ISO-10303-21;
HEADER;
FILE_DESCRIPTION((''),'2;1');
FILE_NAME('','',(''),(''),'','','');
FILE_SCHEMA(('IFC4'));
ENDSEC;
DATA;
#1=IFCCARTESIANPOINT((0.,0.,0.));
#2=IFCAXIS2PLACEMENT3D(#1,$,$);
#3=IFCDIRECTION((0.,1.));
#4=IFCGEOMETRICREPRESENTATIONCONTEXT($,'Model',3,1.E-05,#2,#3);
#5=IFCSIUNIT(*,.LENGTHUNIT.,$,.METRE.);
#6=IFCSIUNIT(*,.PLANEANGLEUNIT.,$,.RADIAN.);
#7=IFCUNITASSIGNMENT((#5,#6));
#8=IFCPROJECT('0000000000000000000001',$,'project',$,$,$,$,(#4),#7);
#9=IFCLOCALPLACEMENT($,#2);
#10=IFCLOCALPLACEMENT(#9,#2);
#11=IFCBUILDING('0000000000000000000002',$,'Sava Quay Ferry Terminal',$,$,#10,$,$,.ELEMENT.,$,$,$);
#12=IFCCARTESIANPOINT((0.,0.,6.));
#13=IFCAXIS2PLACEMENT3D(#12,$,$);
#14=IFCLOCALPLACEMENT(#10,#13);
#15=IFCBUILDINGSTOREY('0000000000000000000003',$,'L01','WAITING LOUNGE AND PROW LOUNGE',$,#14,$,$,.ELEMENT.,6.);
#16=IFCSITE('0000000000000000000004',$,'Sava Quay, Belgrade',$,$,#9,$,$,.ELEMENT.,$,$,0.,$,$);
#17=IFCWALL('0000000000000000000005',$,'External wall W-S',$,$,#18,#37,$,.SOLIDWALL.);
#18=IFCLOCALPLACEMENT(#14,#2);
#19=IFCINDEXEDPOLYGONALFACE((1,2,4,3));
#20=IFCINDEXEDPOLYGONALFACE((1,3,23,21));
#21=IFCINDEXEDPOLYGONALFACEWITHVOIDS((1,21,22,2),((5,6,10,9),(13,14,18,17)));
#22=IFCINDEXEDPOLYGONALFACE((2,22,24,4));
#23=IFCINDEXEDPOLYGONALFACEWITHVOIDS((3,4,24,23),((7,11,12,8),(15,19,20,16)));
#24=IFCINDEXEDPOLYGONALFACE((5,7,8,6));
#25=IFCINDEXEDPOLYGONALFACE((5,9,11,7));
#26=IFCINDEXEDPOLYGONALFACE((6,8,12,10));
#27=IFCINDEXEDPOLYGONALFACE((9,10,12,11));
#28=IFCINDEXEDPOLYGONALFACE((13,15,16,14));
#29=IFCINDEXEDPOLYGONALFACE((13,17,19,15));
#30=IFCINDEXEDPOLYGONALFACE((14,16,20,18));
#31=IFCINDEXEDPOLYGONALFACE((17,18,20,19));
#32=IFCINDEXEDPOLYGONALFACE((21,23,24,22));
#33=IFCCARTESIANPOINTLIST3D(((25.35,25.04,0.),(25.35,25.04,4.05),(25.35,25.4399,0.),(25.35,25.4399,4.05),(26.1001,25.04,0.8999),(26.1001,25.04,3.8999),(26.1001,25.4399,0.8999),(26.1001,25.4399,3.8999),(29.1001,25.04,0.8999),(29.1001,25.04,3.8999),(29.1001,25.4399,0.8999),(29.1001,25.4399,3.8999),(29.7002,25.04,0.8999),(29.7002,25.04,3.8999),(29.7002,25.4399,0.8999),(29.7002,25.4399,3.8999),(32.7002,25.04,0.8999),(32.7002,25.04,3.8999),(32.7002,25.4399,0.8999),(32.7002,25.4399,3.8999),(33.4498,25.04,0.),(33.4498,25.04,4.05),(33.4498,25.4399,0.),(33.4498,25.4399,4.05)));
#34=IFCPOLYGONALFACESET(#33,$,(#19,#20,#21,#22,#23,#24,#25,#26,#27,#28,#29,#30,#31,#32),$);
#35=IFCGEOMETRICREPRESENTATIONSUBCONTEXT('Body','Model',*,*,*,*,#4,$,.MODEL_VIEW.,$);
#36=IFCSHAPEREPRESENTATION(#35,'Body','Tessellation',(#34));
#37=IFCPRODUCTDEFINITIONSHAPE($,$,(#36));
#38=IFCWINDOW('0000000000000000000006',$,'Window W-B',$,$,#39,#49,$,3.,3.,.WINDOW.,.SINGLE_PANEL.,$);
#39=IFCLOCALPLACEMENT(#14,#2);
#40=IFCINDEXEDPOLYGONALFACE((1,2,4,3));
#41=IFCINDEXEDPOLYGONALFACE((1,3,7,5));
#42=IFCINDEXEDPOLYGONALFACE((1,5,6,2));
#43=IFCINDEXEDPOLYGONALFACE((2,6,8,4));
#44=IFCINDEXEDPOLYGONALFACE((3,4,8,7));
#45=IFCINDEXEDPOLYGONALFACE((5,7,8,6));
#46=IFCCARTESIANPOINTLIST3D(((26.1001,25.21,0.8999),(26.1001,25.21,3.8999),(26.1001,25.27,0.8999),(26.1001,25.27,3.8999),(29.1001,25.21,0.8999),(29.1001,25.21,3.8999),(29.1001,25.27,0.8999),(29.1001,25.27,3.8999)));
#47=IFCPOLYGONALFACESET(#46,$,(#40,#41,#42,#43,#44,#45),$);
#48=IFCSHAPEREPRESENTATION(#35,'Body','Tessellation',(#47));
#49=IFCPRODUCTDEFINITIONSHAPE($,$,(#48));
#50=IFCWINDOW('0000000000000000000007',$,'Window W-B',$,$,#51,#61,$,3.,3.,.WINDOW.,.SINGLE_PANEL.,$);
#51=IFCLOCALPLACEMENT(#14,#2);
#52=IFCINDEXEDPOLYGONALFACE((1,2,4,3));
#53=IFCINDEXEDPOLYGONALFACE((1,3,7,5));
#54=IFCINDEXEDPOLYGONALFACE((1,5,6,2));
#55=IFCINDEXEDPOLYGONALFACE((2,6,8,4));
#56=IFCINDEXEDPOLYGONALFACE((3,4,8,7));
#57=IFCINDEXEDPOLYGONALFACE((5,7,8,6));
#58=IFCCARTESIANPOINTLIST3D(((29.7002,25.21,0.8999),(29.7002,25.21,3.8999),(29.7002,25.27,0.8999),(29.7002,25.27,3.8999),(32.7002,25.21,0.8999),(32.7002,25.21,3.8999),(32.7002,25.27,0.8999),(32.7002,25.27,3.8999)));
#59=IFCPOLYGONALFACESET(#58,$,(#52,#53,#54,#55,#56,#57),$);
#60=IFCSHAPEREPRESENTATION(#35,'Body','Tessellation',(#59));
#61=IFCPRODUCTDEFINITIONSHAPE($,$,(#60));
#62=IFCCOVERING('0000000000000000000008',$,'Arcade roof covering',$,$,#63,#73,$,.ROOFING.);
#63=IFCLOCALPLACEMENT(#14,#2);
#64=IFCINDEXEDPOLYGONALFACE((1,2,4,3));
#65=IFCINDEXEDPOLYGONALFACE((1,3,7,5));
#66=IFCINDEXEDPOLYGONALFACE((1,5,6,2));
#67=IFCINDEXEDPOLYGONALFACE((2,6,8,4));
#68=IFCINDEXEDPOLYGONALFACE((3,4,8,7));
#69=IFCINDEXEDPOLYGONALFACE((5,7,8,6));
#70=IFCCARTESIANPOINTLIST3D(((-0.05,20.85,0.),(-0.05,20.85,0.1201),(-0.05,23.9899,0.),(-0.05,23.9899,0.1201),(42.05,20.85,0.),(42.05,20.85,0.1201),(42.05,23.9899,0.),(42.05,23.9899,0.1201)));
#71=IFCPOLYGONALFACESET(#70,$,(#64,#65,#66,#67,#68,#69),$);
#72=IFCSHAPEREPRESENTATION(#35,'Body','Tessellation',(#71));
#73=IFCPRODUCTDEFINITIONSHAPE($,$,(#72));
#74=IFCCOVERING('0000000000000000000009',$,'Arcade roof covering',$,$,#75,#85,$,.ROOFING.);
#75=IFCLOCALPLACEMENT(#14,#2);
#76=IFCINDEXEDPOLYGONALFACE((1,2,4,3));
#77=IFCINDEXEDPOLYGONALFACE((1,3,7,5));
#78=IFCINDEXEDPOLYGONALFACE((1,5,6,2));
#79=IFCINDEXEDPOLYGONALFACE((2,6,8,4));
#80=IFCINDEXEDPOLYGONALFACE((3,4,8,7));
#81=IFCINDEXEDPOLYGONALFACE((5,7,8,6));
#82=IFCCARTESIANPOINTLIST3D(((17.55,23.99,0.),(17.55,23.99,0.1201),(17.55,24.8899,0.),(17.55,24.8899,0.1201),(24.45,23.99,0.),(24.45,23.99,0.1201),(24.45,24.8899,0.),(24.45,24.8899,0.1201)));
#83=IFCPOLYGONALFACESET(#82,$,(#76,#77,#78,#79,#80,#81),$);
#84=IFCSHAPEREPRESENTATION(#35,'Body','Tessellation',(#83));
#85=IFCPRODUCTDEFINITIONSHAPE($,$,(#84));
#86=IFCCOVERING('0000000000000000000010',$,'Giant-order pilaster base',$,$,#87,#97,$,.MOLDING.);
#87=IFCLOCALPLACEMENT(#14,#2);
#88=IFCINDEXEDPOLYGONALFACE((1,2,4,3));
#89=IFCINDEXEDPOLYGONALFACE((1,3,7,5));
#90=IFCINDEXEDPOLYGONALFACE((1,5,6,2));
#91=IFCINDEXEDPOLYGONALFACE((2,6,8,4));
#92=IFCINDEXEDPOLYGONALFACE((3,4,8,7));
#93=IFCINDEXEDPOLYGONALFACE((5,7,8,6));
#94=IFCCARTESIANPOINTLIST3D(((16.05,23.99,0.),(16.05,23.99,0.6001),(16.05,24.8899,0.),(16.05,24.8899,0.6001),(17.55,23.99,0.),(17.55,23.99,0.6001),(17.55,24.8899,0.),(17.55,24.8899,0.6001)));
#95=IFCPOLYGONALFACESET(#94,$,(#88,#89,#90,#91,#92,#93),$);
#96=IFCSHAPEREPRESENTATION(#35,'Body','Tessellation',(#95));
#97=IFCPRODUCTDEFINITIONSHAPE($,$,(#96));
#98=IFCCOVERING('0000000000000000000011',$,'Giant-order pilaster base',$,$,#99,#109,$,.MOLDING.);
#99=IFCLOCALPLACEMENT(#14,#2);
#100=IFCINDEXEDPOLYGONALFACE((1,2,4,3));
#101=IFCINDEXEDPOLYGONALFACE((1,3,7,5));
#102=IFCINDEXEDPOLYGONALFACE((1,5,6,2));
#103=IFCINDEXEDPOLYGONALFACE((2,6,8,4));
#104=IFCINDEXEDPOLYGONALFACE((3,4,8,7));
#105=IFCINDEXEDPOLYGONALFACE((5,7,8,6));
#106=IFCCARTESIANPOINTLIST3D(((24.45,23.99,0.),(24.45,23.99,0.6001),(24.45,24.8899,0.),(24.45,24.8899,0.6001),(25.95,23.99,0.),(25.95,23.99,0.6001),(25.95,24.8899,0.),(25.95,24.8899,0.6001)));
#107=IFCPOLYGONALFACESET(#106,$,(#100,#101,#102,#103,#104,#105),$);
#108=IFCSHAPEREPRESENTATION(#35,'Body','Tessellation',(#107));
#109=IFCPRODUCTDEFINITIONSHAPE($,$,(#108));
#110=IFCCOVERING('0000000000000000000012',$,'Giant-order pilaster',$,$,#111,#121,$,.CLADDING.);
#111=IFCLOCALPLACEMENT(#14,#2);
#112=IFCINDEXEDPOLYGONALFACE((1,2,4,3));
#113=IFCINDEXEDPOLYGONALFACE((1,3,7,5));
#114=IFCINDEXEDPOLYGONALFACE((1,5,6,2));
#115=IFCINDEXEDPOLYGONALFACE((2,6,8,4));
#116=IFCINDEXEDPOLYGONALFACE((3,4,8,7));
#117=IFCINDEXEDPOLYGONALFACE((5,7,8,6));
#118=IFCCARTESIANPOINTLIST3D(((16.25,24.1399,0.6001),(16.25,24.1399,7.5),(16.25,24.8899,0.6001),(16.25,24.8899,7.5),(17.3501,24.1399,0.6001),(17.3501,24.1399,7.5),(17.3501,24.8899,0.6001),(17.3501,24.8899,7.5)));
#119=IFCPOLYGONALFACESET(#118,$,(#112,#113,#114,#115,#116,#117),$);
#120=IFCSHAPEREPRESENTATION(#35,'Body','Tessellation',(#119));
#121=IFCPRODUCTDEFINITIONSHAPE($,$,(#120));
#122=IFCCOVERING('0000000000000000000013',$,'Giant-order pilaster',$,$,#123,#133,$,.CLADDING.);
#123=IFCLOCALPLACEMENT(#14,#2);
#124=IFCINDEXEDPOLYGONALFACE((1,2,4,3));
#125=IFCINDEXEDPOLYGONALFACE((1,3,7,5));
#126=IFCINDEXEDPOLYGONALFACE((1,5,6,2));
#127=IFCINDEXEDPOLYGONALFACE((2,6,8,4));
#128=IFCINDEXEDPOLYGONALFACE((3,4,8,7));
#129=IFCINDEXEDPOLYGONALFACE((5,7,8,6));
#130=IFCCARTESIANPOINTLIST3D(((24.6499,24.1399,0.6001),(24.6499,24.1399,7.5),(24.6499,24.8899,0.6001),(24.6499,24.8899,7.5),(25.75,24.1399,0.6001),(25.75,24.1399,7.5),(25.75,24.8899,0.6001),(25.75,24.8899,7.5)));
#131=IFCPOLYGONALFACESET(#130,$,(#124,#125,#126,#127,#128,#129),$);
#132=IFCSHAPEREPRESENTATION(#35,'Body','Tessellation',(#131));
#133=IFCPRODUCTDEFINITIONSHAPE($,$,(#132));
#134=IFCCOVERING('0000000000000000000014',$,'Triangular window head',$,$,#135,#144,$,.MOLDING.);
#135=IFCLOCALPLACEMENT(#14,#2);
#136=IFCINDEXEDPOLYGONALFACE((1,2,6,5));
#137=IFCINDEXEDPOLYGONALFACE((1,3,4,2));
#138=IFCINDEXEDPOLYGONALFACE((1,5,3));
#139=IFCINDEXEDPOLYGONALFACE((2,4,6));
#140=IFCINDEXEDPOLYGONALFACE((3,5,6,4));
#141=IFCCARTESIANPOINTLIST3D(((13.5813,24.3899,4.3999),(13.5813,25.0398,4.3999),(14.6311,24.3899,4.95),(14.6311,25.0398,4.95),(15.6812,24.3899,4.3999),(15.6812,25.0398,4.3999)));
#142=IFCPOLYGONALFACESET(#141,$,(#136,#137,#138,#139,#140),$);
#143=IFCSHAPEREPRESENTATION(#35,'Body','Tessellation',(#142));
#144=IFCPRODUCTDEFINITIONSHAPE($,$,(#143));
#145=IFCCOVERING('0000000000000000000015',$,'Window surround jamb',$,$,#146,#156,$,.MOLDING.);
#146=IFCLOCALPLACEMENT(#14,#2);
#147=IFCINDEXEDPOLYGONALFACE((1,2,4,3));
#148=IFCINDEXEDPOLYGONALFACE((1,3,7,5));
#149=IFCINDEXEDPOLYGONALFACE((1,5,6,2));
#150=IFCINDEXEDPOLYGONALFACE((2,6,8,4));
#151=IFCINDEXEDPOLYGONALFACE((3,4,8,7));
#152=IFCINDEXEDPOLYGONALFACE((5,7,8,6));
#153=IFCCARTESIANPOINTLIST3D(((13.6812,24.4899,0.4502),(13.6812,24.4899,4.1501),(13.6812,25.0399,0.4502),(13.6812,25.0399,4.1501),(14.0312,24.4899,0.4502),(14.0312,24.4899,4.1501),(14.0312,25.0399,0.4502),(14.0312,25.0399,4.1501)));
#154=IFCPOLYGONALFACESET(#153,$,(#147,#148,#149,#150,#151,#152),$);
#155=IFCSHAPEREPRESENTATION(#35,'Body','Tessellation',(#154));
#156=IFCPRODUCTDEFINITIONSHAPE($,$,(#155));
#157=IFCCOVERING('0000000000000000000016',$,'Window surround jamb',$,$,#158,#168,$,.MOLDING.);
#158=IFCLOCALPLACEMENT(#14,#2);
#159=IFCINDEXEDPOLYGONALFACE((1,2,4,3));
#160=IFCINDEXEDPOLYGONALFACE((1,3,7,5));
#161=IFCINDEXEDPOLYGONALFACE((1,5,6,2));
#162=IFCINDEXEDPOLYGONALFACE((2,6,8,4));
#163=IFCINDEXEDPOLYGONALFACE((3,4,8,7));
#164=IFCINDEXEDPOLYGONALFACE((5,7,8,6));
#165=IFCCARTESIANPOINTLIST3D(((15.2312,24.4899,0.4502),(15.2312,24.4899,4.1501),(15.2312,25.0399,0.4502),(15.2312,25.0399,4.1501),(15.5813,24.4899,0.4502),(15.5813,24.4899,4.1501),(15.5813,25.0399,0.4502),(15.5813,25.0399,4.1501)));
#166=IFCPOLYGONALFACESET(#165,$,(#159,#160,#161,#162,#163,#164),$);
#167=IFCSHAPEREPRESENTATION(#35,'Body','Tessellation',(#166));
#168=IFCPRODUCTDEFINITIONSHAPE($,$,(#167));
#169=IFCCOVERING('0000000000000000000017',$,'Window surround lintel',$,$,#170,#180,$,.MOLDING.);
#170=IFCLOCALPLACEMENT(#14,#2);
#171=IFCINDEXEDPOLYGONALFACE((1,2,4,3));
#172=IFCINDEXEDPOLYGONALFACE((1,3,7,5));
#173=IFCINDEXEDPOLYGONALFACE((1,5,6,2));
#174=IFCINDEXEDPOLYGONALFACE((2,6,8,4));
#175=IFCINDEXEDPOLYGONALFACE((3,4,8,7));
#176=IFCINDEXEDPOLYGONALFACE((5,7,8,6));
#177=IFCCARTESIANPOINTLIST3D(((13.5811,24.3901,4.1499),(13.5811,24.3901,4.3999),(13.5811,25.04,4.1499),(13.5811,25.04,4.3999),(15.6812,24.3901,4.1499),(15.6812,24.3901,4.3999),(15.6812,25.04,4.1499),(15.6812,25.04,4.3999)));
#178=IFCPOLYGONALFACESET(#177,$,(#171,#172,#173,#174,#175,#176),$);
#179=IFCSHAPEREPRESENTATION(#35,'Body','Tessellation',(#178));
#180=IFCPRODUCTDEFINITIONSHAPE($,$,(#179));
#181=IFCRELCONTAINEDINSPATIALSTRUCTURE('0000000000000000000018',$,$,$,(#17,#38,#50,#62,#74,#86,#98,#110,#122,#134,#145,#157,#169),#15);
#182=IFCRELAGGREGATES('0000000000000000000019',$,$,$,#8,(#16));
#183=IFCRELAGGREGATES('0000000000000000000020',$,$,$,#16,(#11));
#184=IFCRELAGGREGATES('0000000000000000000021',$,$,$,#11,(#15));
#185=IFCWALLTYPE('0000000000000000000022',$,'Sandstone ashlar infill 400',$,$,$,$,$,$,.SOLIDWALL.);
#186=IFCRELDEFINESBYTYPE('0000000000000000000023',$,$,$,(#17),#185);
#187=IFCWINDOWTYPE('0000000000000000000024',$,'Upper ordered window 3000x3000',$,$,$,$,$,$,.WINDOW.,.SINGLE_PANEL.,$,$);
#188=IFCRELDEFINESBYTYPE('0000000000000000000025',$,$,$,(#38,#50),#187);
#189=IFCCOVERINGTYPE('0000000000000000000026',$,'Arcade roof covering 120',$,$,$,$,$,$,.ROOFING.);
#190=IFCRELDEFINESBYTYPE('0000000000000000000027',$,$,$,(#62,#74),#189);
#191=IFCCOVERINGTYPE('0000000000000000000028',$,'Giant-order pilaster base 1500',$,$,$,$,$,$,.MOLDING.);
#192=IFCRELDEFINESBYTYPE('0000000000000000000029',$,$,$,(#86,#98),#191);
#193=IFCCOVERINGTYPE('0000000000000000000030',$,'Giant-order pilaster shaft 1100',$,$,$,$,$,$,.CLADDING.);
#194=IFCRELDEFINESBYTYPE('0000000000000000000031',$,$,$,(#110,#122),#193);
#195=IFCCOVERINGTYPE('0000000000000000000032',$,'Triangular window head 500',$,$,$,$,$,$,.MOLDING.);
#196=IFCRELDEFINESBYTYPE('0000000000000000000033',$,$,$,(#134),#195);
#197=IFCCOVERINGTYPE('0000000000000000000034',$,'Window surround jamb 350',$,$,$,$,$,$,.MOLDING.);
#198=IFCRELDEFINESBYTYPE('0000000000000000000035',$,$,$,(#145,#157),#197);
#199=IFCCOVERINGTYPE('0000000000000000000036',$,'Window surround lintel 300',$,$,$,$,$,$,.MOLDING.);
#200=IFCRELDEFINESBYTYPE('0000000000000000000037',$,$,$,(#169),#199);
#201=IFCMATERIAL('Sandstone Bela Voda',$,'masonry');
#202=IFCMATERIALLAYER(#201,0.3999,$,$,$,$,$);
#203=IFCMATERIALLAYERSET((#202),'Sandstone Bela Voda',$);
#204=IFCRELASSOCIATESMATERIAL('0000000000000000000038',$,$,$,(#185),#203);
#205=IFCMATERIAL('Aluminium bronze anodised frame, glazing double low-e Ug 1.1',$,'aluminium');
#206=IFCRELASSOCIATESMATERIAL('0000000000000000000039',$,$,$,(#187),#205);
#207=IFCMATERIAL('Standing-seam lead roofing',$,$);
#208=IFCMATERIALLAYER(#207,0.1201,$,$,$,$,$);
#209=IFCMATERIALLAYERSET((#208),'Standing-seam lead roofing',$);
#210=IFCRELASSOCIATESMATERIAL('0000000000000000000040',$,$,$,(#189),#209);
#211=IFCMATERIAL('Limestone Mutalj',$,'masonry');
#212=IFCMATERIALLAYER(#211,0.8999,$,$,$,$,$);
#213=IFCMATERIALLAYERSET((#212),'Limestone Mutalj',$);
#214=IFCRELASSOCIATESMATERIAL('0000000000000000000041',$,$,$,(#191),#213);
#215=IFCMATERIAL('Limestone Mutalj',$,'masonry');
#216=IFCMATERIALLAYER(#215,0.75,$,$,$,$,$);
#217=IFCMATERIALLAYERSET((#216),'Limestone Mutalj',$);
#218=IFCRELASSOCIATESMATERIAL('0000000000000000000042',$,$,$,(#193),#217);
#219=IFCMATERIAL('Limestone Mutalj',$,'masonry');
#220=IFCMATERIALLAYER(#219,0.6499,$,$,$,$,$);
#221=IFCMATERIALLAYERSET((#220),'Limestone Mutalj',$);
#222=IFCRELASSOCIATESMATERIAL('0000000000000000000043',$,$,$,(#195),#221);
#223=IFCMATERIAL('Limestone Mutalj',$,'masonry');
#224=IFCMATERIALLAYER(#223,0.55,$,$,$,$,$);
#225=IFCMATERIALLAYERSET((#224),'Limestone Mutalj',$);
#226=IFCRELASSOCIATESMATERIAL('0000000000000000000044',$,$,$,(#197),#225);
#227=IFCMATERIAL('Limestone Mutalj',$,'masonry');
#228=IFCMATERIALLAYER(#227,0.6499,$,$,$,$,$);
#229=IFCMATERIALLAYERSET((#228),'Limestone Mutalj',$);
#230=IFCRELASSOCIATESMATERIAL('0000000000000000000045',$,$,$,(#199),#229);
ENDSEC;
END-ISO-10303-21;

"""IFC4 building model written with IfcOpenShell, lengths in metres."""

from ifc_helpers import new_model, si_unit, direction, frame, frame_2d, origin, origin_2d, place, context, subcontext, project, spatial, polyline, rectangle, outline, extrude, material, layer, layer_set, type_object, element, fill, save


model = new_model("IFC4")

# Units and contexts
model_context = context("Model", 3, precision=1e-05, world=origin(), true_north=direction((0.0, 1.0)))
body_context = subcontext(model_context, "Body", "Model", "MODEL_VIEW")
ifc_project = project(units=[si_unit("LENGTHUNIT", "METRE"), si_unit("PLANEANGLEUNIT", "RADIAN")], contexts=[model_context])

# Site, building, storey
site_placement = place(None, origin())
site = spatial("IfcSite", under=ifc_project, at=site_placement, Name="Sava Quay, Belgrade", CompositionType="ELEMENT", RefElevation=0.0)
building_placement = place(site_placement, origin())
building = spatial("IfcBuilding", under=site, at=building_placement, Name="Sava Quay Ferry Terminal", CompositionType="ELEMENT")
storey_placement = place(building_placement, frame((0.0, 0.0, 6.0)))
storey = spatial("IfcBuildingStorey", under=building, at=storey_placement, Name="L01", Description="WAITING LOUNGE AND PROW LOUNGE", CompositionType="ELEMENT", Elevation=6.0)

# Wall, openings, windows
ifc_material_1 = material(Name="Sandstone Bela Voda", Category="masonry")
ifc_layer_1 = layer(ifc_material_1, 0.3999)
ifc_layer_set_1 = layer_set([ifc_layer_1], Name="Sandstone Bela Voda")
wall_type_1 = type_object("IfcWallType", Name="Sandstone ashlar infill 400", PredefinedType="SOLIDWALL", material=ifc_layer_set_1)
ifc_material_2 = material(Name="Aluminium bronze anodised frame, glazing double low-e Ug 1.1", Category="aluminium")
window_type = type_object("IfcWindowType", Name="Upper ordered window 3000x3000", PartitioningType="SINGLE_PANEL", PredefinedType="WINDOW", material=ifc_material_2)
wall_1_placement = place(storey_placement, frame((25.3501, 25.24, 0.0), z_axis=(0.0, 0.0, 1.0), x_axis=(1.0, 0.0, 0.0)))
wall_1 = element("IfcWall", 1, at=wall_1_placement, inside=storey, type_object=wall_type_1, Name="External wall W-S", PredefinedType="SOLIDWALL", context=body_context, shape_type="SweptSolid", body=[
    extrude(rectangle(XDim=8.0999, YDim=0.3999, at=frame_2d((4.0498, 0.0))), origin(), (0.0, 0.0, 1.0), 4.05),
])
opening_1_placement = place(wall_1_placement, frame((0.75, 0.0, 0.8999)))
opening_1 = element("IfcOpeningElement", 2, at=opening_1_placement, cuts=wall_1, PredefinedType="OPENING", context=body_context, shape_type="SweptSolid", body=[
    extrude(rectangle(XDim=3.0, YDim=3.0, at=frame_2d((1.5, 1.5))), frame((0.0, 0.2, 0.0), z_axis=(0.0, -1.0, 0.0), x_axis=(1.0, 0.0, 0.0)), (0.0, 0.0, 1.0), 0.3999),
])
opening_2_placement = place(wall_1_placement, frame((4.3501, 0.0, 0.8999)))
opening_2 = element("IfcOpeningElement", 3, at=opening_2_placement, cuts=wall_1, PredefinedType="OPENING", context=body_context, shape_type="SweptSolid", body=[
    extrude(rectangle(XDim=3.0, YDim=3.0, at=frame_2d((1.5, 1.5))), frame((0.0, 0.2, 0.0), z_axis=(0.0, -1.0, 0.0), x_axis=(1.0, 0.0, 0.0)), (0.0, 0.0, 1.0), 0.3999),
])
window_1_placement = place(opening_1_placement, origin())
window_1 = element("IfcWindow", 4, at=window_1_placement, inside=storey, type_object=window_type, Name="Window W-B", OverallHeight=3.0, OverallWidth=3.0, PartitioningType="SINGLE_PANEL", PredefinedType="WINDOW", context=body_context, shape_type="SweptSolid", body=[
    extrude(rectangle(XDim=3.0, YDim=3.0, at=frame_2d((1.5, 1.5))), frame((0.0, 0.03, 0.0), z_axis=(0.0, -1.0, 0.0), x_axis=(1.0, 0.0, 0.0)), (0.0, 0.0, 1.0), 0.0601),
])
fill(opening_1, window_1)
window_2_placement = place(opening_2_placement, origin())
window_2 = element("IfcWindow", 5, at=window_2_placement, inside=storey, type_object=window_type, Name="Window W-B", OverallHeight=3.0, OverallWidth=3.0, PartitioningType="SINGLE_PANEL", PredefinedType="WINDOW", context=body_context, shape_type="SweptSolid", body=[
    extrude(rectangle(XDim=3.0, YDim=3.0, at=frame_2d((1.5, 1.5))), frame((0.0, 0.03, 0.0), z_axis=(0.0, -1.0, 0.0), x_axis=(1.0, 0.0, 0.0)), (0.0, 0.0, 1.0), 0.0601),
])
fill(opening_2, window_2)

# Coverings
ifc_material_3 = material(Name="Standing-seam lead roofing")
ifc_layer_2 = layer(ifc_material_3, 0.1201)
ifc_layer_set_2 = layer_set([ifc_layer_2], Name="Standing-seam lead roofing")
covering_type_1 = type_object("IfcCoveringType", Name="Arcade roof covering 120", PredefinedType="ROOFING", material=ifc_layer_set_2)
covering_1_placement = place(storey_placement, frame((21.0, 22.4199, 0.0), z_axis=(0.0, 0.0, 1.0), x_axis=(1.0, 0.0, 0.0)))
element("IfcCovering", 6, at=covering_1_placement, inside=storey, type_object=covering_type_1, Name="Arcade roof covering", PredefinedType="ROOFING", context=body_context, shape_type="SweptSolid", body=[
    extrude(rectangle(XDim=42.1001, YDim=3.1399, at=origin_2d()), origin(), (0.0, 0.0, 1.0), 0.1201),
])
covering_2_placement = place(storey_placement, frame((21.0, 24.4399, 0.0), z_axis=(0.0, 0.0, 1.0), x_axis=(1.0, 0.0, 0.0)))
element("IfcCovering", 7, at=covering_2_placement, inside=storey, type_object=covering_type_1, Name="Arcade roof covering", PredefinedType="ROOFING", context=body_context, shape_type="SweptSolid", body=[
    extrude(rectangle(XDim=6.8999, YDim=0.8999, at=origin_2d()), origin(), (0.0, 0.0, 1.0), 0.1201),
])
ifc_material_4 = material(Name="Limestone Mutalj", Category="masonry")
ifc_layer_3 = layer(ifc_material_4, 0.8999)
ifc_layer_set_3 = layer_set([ifc_layer_3], Name="Limestone Mutalj")
covering_type_2 = type_object("IfcCoveringType", Name="Giant-order pilaster base 1500", PredefinedType="MOLDING", material=ifc_layer_set_3)
for number, where, z_axis, x_axis, name in (
    (8, (16.8, 24.4399, 0.0), (0.0, 0.0, 1.0), (1.0, 0.0, 0.0), "Giant-order pilaster base"),
    (9, (25.2, 24.4399, 0.0), (0.0, 0.0, 1.0), (1.0, 0.0, 0.0), "Giant-order pilaster base"),
):
    element("IfcCovering", number, at=place(storey_placement, frame(where, z_axis=z_axis, x_axis=x_axis)), inside=storey, type_object=covering_type_2, Name=name, PredefinedType="MOLDING", context=body_context, shape_type="SweptSolid", body=[
        extrude(rectangle(XDim=1.5, YDim=0.8999, at=origin_2d()), origin(), (0.0, 0.0, 1.0), 0.6001),
    ])
ifc_material_5 = material(Name="Limestone Mutalj", Category="masonry")
ifc_layer_4 = layer(ifc_material_5, 0.75)
ifc_layer_set_4 = layer_set([ifc_layer_4], Name="Limestone Mutalj")
covering_type_3 = type_object("IfcCoveringType", Name="Giant-order pilaster shaft 1100", PredefinedType="CLADDING", material=ifc_layer_set_4)
for number, where, z_axis, x_axis, name in (
    (10, (16.8, 24.5149, 0.6001), (0.0, 0.0, 1.0), (1.0, 0.0, 0.0), "Giant-order pilaster"),
    (11, (25.2, 24.5149, 0.6001), (0.0, 0.0, 1.0), (1.0, 0.0, 0.0), "Giant-order pilaster"),
):
    element("IfcCovering", number, at=place(storey_placement, frame(where, z_axis=z_axis, x_axis=x_axis)), inside=storey, type_object=covering_type_3, Name=name, PredefinedType="CLADDING", context=body_context, shape_type="SweptSolid", body=[
        extrude(rectangle(XDim=1.1001, YDim=0.75, at=origin_2d()), origin(), (0.0, 0.0, 1.0), 6.8999),
    ])
ifc_material_6 = material(Name="Limestone Mutalj", Category="masonry")
ifc_layer_5 = layer(ifc_material_6, 0.6499)
ifc_layer_set_5 = layer_set([ifc_layer_5], Name="Limestone Mutalj")
covering_type_4 = type_object("IfcCoveringType", Name="Triangular window head 500", PredefinedType="MOLDING", material=ifc_layer_set_5)
covering_3_placement = place(storey_placement, frame((13.5813, 24.3899, 4.3999), z_axis=(0.0, -1.0, 0.0), x_axis=(1.0, 0.0, 0.0)))
element("IfcCovering", 12, at=covering_3_placement, inside=storey, type_object=covering_type_4, Name="Triangular window head", PredefinedType="MOLDING", context=body_context, shape_type="SweptSolid", body=[
    extrude(outline(polyline([(0.0, 0.0), (2.0999, 0.0), (1.0498, 0.55), (0.0, 0.0)])), origin(), (0.0, 0.0, -1.0), 0.6499),
])
ifc_material_7 = material(Name="Limestone Mutalj", Category="masonry")
ifc_layer_6 = layer(ifc_material_7, 0.55)
ifc_layer_set_6 = layer_set([ifc_layer_6], Name="Limestone Mutalj")
covering_type_5 = type_object("IfcCoveringType", Name="Window surround jamb 350", PredefinedType="MOLDING", material=ifc_layer_set_6)
for number, where, z_axis, x_axis, name in (
    (13, (13.8562, 24.7649, 0.4502), (0.0, 0.0, 1.0), (1.0, 0.0, 0.0), "Window surround jamb"),
    (14, (15.4062, 24.7649, 0.4502), (0.0, 0.0, 1.0), (1.0, 0.0, 0.0), "Window surround jamb"),
):
    element("IfcCovering", number, at=place(storey_placement, frame(where, z_axis=z_axis, x_axis=x_axis)), inside=storey, type_object=covering_type_5, Name=name, PredefinedType="MOLDING", context=body_context, shape_type="SweptSolid", body=[
        extrude(rectangle(XDim=0.3501, YDim=0.55, at=origin_2d()), origin(), (0.0, 0.0, 1.0), 3.7),
    ])
ifc_material_8 = material(Name="Limestone Mutalj", Category="masonry")
ifc_layer_7 = layer(ifc_material_8, 0.6499)
ifc_layer_set_7 = layer_set([ifc_layer_7], Name="Limestone Mutalj")
covering_type_6 = type_object("IfcCoveringType", Name="Window surround lintel 300", PredefinedType="MOLDING", material=ifc_layer_set_7)
covering_4_placement = place(storey_placement, frame((14.6311, 24.7151, 4.1499), z_axis=(0.0, 0.0, 1.0), x_axis=(1.0, 0.0, 0.0)))
element("IfcCovering", 15, at=covering_4_placement, inside=storey, type_object=covering_type_6, Name="Window surround lintel", PredefinedType="MOLDING", context=body_context, shape_type="SweptSolid", body=[
    extrude(rectangle(XDim=2.1001, YDim=0.6499, at=origin_2d()), origin(), (0.0, 0.0, 1.0), 0.25),
])

save(model, "model.ifc")
